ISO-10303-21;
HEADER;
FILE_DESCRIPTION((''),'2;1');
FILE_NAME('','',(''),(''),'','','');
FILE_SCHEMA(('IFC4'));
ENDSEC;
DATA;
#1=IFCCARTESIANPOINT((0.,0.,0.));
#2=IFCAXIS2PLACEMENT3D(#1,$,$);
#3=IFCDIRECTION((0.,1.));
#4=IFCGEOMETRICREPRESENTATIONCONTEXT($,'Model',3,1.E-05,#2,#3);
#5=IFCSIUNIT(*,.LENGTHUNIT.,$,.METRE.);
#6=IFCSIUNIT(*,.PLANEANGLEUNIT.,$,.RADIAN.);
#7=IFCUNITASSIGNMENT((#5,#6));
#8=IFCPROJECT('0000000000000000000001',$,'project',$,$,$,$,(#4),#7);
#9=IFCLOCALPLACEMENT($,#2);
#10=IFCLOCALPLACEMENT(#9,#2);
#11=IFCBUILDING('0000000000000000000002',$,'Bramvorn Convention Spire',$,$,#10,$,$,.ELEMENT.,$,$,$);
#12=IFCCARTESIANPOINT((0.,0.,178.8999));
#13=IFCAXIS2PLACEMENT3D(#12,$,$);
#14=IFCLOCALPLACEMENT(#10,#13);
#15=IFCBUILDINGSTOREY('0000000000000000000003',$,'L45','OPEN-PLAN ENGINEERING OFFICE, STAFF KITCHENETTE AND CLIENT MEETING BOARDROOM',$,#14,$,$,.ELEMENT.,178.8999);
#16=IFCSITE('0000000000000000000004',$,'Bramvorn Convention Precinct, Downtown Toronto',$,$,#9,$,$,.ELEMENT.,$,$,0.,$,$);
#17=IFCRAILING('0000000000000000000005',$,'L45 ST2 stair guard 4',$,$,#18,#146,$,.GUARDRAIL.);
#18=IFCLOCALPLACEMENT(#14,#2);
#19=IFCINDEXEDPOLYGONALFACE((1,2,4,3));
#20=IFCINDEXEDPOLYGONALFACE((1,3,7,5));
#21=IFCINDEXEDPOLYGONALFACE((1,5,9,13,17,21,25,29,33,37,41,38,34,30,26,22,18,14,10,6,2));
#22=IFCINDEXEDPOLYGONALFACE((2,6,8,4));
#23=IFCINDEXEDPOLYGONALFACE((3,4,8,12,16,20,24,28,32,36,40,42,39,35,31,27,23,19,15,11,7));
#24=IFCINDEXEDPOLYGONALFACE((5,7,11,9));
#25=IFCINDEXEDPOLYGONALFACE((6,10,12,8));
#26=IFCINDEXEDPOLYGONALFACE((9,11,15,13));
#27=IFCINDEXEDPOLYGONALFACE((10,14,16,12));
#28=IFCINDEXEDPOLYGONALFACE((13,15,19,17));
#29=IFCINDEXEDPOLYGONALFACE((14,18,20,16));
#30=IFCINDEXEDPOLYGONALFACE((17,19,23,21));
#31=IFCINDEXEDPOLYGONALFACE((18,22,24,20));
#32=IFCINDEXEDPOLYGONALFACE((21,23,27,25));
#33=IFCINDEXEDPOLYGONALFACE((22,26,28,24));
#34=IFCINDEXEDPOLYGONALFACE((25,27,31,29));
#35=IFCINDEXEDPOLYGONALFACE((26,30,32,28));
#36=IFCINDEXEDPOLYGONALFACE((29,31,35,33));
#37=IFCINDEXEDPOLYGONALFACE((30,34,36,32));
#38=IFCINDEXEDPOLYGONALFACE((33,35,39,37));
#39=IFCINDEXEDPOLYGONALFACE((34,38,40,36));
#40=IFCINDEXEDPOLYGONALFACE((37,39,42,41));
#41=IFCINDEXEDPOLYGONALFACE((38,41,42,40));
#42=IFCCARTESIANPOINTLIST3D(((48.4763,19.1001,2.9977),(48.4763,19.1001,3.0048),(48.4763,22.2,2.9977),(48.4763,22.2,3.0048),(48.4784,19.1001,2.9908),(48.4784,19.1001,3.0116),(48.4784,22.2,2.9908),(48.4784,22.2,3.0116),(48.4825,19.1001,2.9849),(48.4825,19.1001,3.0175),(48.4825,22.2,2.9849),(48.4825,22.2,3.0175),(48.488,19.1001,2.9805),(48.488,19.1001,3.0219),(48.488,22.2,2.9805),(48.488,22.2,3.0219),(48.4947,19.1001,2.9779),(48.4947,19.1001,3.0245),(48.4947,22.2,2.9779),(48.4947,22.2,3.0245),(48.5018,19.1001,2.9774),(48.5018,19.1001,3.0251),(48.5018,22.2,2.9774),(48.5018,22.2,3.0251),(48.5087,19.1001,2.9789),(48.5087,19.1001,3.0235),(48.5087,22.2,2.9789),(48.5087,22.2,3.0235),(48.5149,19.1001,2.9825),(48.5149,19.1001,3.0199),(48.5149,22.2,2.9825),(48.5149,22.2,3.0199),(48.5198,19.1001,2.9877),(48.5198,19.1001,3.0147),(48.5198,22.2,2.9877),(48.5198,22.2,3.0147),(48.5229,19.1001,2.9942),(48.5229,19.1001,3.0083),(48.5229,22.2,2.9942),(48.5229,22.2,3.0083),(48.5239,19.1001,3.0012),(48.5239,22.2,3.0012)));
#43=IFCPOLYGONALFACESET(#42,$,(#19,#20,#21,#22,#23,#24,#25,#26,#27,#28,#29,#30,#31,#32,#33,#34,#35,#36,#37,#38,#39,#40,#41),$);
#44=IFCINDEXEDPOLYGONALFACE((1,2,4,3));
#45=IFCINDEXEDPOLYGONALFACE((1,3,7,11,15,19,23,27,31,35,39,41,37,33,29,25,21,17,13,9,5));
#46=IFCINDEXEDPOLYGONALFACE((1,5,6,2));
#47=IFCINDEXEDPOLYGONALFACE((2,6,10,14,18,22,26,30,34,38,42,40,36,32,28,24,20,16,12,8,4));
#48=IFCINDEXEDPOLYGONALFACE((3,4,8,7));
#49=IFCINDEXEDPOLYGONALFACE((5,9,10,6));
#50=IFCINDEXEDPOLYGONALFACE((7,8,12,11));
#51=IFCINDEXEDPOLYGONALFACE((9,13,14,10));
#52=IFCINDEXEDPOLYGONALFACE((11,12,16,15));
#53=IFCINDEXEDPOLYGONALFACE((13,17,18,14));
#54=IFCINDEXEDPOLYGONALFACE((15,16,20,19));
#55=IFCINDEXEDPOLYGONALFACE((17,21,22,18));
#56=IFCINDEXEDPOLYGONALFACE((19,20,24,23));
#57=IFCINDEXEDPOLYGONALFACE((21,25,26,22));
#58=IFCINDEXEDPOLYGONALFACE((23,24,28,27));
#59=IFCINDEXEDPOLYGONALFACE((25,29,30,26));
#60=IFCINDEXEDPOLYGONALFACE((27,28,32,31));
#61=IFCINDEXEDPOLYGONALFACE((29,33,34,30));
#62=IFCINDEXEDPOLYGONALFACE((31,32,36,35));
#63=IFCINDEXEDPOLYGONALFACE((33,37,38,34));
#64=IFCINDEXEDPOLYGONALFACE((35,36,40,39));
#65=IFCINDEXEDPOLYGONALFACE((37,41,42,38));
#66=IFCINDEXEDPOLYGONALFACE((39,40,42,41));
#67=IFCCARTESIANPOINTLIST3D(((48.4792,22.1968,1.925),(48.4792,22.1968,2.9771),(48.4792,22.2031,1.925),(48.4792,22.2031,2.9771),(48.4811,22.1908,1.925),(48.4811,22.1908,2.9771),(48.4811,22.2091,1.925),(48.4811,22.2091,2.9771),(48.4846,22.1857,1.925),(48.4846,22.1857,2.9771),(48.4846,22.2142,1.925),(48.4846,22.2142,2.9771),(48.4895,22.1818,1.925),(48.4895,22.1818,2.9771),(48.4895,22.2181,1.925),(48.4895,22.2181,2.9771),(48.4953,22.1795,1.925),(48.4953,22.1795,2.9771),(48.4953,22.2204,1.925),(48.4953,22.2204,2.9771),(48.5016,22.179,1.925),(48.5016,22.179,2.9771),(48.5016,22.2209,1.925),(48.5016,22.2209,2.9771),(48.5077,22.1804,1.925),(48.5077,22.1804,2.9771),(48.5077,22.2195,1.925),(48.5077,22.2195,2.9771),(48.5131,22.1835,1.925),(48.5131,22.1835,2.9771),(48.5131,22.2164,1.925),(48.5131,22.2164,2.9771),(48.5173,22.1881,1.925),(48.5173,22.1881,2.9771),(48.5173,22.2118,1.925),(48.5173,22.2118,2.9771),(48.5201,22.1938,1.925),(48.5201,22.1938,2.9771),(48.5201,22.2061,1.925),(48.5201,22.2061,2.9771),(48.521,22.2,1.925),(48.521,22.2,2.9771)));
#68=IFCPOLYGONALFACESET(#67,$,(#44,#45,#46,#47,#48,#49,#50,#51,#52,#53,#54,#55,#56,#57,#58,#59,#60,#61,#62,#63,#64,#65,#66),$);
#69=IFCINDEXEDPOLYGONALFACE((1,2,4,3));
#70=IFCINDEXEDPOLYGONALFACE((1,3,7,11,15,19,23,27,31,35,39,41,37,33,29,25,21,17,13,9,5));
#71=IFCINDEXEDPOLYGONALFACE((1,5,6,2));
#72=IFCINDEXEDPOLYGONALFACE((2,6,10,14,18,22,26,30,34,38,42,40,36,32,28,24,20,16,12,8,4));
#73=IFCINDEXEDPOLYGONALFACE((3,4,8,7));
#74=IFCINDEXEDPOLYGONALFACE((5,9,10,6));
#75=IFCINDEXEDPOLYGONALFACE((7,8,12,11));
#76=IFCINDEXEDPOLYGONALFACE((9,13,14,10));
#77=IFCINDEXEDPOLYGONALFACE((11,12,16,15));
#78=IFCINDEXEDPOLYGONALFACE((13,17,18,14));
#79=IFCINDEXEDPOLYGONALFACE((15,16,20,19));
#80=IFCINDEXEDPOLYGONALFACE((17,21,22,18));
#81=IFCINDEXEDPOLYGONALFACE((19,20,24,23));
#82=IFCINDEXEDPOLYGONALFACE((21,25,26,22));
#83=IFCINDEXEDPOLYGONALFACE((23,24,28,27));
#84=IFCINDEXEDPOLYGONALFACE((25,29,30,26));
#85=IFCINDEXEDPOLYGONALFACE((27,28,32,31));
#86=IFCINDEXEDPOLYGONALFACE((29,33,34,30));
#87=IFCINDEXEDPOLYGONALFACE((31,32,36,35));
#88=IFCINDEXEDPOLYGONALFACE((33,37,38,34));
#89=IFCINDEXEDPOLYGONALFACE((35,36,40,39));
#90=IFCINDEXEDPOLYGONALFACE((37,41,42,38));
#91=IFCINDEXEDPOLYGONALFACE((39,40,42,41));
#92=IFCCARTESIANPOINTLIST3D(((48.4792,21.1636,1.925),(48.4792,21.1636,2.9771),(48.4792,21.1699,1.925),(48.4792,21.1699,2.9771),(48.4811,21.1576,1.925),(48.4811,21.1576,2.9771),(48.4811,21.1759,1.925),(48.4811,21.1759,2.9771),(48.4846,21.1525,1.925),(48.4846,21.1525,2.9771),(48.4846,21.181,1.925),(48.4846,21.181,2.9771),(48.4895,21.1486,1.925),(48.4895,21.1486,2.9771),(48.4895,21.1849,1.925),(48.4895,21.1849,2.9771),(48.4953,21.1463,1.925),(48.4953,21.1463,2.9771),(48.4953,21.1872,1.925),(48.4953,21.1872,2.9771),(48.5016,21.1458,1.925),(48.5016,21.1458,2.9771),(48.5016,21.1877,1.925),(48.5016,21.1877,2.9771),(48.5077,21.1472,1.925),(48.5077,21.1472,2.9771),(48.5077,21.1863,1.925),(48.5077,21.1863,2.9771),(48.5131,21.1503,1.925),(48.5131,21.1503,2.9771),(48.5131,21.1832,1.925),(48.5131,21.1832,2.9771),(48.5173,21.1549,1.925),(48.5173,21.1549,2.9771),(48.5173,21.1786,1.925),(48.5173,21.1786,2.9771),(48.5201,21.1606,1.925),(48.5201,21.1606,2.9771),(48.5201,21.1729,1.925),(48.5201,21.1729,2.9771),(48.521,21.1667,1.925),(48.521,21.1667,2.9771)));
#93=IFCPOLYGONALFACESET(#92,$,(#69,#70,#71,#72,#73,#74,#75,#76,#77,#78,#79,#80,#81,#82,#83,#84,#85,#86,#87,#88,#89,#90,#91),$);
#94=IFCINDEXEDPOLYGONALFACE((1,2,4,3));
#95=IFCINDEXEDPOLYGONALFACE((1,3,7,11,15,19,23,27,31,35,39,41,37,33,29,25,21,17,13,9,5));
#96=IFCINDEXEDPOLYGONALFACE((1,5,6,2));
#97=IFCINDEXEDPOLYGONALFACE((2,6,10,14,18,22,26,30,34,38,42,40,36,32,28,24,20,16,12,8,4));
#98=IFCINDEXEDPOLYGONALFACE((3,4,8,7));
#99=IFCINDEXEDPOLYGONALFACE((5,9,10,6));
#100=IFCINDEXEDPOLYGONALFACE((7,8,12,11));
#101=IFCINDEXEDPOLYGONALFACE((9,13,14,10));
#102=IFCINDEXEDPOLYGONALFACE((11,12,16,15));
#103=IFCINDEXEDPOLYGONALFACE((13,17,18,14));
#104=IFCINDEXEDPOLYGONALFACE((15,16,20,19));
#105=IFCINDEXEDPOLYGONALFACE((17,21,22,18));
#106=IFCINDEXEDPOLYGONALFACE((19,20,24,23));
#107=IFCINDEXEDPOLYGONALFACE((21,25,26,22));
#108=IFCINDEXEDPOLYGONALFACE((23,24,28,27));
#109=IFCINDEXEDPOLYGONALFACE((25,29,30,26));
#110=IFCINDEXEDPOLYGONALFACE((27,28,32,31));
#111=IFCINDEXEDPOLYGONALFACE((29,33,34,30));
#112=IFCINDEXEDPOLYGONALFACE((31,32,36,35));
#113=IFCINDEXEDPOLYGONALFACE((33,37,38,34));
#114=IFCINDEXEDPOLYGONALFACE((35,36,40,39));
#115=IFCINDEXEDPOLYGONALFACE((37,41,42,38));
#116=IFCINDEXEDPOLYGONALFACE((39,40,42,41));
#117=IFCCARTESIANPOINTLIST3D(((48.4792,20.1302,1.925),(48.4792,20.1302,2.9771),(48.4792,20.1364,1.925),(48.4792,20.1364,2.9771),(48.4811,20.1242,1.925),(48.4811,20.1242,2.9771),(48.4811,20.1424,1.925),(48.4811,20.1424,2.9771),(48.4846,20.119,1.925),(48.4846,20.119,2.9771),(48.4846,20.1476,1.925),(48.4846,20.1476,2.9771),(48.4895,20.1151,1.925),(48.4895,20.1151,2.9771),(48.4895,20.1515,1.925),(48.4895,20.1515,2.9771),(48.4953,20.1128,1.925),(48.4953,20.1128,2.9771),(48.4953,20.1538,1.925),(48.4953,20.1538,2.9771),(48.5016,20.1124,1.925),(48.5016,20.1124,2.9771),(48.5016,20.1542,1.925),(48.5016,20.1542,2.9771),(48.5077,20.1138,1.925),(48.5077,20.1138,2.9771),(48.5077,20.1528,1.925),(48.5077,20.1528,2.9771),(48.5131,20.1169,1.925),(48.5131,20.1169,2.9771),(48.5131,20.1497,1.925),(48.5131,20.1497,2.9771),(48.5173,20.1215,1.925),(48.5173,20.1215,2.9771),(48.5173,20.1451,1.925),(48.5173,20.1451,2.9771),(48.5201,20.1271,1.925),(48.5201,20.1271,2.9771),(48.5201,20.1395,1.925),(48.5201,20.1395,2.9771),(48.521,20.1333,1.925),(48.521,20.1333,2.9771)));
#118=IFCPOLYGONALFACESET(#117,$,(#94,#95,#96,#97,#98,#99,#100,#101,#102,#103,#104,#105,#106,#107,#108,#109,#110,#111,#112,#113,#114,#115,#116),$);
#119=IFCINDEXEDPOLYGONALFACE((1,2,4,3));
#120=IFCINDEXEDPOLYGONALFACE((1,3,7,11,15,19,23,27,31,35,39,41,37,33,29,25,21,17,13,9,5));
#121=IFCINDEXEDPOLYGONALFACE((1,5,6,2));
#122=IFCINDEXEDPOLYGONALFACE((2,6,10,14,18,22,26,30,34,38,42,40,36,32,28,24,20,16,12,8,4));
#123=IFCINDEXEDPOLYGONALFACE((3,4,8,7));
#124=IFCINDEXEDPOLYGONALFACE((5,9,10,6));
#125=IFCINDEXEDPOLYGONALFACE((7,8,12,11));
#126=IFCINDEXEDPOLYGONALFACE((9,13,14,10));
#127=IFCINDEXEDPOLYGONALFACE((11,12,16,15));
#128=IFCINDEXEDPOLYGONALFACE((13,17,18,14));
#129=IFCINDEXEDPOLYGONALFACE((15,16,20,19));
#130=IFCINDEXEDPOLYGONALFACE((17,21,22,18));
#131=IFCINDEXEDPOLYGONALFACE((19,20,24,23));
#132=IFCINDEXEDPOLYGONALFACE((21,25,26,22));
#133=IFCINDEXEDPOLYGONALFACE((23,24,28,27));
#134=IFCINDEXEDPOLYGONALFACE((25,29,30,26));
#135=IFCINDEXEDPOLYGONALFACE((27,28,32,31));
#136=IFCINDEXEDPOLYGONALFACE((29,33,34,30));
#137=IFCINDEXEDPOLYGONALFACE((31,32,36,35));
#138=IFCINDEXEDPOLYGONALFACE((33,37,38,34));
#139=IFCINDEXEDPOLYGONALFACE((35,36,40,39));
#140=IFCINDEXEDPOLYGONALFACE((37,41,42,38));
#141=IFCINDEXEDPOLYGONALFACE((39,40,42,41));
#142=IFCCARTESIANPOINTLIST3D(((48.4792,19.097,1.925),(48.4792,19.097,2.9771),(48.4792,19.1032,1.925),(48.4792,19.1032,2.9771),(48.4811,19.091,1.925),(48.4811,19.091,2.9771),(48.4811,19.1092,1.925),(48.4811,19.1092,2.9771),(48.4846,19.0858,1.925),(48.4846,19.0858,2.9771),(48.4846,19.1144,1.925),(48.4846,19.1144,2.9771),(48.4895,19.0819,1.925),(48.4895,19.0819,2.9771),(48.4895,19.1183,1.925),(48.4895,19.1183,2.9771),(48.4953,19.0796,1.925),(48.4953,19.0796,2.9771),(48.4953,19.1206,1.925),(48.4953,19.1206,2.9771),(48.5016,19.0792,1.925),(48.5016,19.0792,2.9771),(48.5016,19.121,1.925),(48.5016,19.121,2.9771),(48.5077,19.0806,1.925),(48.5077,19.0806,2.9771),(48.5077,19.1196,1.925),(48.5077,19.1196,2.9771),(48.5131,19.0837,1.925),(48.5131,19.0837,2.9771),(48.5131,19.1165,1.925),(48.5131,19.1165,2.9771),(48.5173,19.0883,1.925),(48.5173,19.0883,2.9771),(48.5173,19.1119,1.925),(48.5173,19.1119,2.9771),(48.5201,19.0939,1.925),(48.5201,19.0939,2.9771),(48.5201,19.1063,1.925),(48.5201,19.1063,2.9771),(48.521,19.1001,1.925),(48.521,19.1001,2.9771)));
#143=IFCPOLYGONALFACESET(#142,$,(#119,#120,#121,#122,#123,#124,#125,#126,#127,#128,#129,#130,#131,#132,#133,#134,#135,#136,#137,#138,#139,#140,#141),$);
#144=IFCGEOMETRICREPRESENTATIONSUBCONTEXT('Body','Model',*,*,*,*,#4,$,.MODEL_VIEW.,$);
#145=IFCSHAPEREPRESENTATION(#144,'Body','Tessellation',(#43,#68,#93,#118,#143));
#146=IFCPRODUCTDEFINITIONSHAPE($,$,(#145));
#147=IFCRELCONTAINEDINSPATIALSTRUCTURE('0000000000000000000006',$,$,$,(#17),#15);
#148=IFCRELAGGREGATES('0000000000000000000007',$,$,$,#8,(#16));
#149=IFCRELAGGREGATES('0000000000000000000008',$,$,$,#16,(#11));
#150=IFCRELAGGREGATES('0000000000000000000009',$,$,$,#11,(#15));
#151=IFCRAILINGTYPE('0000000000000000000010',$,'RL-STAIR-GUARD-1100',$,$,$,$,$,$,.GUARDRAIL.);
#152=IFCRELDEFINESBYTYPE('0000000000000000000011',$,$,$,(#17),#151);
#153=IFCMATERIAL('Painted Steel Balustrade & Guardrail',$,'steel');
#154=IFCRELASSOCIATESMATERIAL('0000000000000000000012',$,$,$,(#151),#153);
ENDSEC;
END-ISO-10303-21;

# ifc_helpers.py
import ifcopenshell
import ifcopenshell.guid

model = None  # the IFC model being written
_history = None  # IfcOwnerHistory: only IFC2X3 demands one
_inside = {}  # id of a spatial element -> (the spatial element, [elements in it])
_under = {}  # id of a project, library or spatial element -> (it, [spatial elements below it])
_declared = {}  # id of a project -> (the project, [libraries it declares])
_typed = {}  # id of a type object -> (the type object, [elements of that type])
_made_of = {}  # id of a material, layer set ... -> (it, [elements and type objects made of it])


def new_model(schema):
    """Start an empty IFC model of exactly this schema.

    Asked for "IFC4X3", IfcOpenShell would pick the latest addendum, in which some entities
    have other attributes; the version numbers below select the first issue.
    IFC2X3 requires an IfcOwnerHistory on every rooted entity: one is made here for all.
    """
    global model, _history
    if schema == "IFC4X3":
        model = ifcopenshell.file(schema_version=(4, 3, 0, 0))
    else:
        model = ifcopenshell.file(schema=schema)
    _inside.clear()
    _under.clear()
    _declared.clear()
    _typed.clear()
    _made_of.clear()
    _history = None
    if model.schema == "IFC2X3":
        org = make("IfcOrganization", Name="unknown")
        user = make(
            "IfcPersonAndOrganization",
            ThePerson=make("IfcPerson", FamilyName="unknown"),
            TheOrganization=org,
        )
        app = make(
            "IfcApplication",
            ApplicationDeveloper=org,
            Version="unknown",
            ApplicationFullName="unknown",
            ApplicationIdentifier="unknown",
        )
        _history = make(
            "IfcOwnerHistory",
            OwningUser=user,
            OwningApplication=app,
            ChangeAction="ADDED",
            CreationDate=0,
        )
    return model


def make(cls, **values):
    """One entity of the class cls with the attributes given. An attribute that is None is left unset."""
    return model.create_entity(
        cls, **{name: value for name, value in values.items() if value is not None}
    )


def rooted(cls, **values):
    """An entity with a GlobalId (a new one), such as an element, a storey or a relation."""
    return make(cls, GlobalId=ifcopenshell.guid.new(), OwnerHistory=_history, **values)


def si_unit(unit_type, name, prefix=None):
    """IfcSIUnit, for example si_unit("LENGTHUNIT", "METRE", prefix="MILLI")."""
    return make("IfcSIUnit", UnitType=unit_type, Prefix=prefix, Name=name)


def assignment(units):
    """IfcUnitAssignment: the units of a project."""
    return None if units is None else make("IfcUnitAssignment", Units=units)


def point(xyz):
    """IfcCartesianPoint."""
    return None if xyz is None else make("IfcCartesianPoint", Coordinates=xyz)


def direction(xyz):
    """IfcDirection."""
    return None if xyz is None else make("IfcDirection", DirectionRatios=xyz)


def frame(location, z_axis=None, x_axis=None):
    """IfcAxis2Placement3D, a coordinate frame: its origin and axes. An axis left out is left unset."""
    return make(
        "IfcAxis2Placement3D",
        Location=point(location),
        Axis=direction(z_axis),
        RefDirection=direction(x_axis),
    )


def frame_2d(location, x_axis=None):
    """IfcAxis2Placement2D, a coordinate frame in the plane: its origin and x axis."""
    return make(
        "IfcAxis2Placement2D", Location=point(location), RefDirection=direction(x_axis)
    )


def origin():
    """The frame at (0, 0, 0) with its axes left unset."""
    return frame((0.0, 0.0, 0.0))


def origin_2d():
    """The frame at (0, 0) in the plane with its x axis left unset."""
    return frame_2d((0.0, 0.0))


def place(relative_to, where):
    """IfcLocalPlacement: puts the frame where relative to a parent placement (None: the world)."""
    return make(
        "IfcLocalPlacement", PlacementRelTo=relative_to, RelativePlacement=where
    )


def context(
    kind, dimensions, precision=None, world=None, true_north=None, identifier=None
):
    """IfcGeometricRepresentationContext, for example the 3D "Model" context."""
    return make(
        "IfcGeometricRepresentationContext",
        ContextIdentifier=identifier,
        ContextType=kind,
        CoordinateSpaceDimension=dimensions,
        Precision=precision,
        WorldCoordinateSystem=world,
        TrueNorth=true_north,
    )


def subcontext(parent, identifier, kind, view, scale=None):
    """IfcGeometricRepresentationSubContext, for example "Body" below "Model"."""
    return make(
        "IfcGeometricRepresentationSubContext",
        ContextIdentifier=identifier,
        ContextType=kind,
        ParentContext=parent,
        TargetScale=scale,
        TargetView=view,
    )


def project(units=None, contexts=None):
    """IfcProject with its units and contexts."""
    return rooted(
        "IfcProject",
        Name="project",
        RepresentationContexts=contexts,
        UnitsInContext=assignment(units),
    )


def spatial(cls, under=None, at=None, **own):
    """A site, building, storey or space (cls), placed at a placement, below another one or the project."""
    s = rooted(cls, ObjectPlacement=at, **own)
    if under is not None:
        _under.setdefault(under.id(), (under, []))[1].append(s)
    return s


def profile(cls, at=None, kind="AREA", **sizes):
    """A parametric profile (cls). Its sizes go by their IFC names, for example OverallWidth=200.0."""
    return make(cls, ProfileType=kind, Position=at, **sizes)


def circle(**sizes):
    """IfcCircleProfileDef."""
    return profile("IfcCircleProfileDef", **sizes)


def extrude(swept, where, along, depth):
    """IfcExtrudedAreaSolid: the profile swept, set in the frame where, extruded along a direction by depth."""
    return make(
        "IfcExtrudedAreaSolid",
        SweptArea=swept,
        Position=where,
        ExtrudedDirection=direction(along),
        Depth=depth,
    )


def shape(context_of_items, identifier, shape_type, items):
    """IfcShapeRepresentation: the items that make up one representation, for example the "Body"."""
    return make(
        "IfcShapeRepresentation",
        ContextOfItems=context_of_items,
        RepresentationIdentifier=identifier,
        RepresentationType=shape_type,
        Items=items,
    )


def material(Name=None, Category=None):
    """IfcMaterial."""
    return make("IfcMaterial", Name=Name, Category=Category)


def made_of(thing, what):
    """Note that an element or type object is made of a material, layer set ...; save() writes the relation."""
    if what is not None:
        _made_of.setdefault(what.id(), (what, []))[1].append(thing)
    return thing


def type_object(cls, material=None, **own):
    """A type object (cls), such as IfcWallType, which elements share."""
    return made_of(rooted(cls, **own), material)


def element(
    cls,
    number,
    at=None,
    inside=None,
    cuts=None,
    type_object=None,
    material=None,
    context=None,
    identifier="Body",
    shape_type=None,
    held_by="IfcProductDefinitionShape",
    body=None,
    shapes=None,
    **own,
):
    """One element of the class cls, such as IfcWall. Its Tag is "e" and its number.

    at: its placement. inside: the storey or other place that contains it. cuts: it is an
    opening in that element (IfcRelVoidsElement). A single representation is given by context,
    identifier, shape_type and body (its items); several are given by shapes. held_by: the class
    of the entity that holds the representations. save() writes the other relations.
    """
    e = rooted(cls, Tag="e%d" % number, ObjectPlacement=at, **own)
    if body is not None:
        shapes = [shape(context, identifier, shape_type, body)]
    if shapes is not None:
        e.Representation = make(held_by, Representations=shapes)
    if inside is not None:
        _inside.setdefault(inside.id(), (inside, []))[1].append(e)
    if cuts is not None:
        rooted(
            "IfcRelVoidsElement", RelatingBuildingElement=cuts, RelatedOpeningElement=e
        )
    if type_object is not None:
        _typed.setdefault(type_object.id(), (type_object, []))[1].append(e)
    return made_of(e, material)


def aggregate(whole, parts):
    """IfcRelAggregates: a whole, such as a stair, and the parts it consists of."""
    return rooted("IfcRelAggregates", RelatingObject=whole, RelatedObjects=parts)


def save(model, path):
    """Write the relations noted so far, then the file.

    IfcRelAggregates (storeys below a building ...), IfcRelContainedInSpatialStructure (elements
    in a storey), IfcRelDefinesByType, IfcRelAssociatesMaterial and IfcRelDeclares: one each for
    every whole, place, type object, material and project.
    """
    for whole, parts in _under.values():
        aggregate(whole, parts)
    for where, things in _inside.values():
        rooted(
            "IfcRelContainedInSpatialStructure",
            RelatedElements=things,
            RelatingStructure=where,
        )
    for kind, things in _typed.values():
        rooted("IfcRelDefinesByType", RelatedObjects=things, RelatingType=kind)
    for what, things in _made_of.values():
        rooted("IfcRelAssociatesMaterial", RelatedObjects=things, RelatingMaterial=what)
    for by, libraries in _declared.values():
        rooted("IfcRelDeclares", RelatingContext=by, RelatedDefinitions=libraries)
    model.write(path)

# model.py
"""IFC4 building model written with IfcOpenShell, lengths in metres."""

from ifc_helpers import new_model, si_unit, direction, frame, origin, origin_2d, place, context, subcontext, project, spatial, circle, extrude, material, type_object, element, save


model = new_model("IFC4")

# Units and contexts
model_context = context("Model", 3, precision=1e-05, world=origin(), true_north=direction((0.0, 1.0)))
body_context = subcontext(model_context, "Body", "Model", "MODEL_VIEW")
ifc_project = project(units=[si_unit("LENGTHUNIT", "METRE"), si_unit("PLANEANGLEUNIT", "RADIAN")], contexts=[model_context])

# Site, building, storey
site_placement = place(None, origin())
site = spatial("IfcSite", under=ifc_project, at=site_placement, Name="Bramvorn Convention Precinct, Downtown Toronto", CompositionType="ELEMENT", RefElevation=0.0)
building_placement = place(site_placement, origin())
building = spatial("IfcBuilding", under=site, at=building_placement, Name="Bramvorn Convention Spire", CompositionType="ELEMENT")
storey_placement = place(building_placement, frame((0.0, 0.0, 178.8999)))
storey = spatial("IfcBuildingStorey", under=building, at=storey_placement, Name="L45", Description="OPEN-PLAN ENGINEERING OFFICE, STAFF KITCHENETTE AND CLIENT MEETING BOARDROOM", CompositionType="ELEMENT", Elevation=178.8999)

# Railing
ifc_material_1 = material(Name="Painted Steel Balustrade & Guardrail", Category="steel")
railing_type_1 = type_object("IfcRailingType", Name="RL-STAIR-GUARD-1100", PredefinedType="GUARDRAIL", material=ifc_material_1)
railing_1_placement = place(storey_placement, frame((48.5, 22.2, 1.925)))
element("IfcRailing", 1, at=railing_1_placement, inside=storey, type_object=railing_type_1, Name="L45 ST2 stair guard 4", PredefinedType="GUARDRAIL", context=body_context, shape_type="SweptSolid", body=[
    extrude(circle(Radius=0.0239, at=origin_2d()), frame((0.0, 0.0, 1.0762), z_axis=(0.0, -1.0, 0.0), x_axis=(1.0, 0.0, 0.0)), (0.0, 0.0, 1.0), 3.0999),
    extrude(circle(Radius=0.021, at=origin_2d()), origin(), (0.0, 0.0, 1.0), 1.052),
    extrude(circle(Radius=0.021, at=origin_2d()), frame((0.0, -1.0332, 0.0)), (0.0, 0.0, 1.0), 1.052),
    extrude(circle(Radius=0.021, at=origin_2d()), frame((0.0, -2.0667, 0.0)), (0.0, 0.0, 1.0), 1.052),
    extrude(circle(Radius=0.021, at=origin_2d()), frame((0.0, -3.0999, 0.0)), (0.0, 0.0, 1.0), 1.052),
])

save(model, "model.ifc")
